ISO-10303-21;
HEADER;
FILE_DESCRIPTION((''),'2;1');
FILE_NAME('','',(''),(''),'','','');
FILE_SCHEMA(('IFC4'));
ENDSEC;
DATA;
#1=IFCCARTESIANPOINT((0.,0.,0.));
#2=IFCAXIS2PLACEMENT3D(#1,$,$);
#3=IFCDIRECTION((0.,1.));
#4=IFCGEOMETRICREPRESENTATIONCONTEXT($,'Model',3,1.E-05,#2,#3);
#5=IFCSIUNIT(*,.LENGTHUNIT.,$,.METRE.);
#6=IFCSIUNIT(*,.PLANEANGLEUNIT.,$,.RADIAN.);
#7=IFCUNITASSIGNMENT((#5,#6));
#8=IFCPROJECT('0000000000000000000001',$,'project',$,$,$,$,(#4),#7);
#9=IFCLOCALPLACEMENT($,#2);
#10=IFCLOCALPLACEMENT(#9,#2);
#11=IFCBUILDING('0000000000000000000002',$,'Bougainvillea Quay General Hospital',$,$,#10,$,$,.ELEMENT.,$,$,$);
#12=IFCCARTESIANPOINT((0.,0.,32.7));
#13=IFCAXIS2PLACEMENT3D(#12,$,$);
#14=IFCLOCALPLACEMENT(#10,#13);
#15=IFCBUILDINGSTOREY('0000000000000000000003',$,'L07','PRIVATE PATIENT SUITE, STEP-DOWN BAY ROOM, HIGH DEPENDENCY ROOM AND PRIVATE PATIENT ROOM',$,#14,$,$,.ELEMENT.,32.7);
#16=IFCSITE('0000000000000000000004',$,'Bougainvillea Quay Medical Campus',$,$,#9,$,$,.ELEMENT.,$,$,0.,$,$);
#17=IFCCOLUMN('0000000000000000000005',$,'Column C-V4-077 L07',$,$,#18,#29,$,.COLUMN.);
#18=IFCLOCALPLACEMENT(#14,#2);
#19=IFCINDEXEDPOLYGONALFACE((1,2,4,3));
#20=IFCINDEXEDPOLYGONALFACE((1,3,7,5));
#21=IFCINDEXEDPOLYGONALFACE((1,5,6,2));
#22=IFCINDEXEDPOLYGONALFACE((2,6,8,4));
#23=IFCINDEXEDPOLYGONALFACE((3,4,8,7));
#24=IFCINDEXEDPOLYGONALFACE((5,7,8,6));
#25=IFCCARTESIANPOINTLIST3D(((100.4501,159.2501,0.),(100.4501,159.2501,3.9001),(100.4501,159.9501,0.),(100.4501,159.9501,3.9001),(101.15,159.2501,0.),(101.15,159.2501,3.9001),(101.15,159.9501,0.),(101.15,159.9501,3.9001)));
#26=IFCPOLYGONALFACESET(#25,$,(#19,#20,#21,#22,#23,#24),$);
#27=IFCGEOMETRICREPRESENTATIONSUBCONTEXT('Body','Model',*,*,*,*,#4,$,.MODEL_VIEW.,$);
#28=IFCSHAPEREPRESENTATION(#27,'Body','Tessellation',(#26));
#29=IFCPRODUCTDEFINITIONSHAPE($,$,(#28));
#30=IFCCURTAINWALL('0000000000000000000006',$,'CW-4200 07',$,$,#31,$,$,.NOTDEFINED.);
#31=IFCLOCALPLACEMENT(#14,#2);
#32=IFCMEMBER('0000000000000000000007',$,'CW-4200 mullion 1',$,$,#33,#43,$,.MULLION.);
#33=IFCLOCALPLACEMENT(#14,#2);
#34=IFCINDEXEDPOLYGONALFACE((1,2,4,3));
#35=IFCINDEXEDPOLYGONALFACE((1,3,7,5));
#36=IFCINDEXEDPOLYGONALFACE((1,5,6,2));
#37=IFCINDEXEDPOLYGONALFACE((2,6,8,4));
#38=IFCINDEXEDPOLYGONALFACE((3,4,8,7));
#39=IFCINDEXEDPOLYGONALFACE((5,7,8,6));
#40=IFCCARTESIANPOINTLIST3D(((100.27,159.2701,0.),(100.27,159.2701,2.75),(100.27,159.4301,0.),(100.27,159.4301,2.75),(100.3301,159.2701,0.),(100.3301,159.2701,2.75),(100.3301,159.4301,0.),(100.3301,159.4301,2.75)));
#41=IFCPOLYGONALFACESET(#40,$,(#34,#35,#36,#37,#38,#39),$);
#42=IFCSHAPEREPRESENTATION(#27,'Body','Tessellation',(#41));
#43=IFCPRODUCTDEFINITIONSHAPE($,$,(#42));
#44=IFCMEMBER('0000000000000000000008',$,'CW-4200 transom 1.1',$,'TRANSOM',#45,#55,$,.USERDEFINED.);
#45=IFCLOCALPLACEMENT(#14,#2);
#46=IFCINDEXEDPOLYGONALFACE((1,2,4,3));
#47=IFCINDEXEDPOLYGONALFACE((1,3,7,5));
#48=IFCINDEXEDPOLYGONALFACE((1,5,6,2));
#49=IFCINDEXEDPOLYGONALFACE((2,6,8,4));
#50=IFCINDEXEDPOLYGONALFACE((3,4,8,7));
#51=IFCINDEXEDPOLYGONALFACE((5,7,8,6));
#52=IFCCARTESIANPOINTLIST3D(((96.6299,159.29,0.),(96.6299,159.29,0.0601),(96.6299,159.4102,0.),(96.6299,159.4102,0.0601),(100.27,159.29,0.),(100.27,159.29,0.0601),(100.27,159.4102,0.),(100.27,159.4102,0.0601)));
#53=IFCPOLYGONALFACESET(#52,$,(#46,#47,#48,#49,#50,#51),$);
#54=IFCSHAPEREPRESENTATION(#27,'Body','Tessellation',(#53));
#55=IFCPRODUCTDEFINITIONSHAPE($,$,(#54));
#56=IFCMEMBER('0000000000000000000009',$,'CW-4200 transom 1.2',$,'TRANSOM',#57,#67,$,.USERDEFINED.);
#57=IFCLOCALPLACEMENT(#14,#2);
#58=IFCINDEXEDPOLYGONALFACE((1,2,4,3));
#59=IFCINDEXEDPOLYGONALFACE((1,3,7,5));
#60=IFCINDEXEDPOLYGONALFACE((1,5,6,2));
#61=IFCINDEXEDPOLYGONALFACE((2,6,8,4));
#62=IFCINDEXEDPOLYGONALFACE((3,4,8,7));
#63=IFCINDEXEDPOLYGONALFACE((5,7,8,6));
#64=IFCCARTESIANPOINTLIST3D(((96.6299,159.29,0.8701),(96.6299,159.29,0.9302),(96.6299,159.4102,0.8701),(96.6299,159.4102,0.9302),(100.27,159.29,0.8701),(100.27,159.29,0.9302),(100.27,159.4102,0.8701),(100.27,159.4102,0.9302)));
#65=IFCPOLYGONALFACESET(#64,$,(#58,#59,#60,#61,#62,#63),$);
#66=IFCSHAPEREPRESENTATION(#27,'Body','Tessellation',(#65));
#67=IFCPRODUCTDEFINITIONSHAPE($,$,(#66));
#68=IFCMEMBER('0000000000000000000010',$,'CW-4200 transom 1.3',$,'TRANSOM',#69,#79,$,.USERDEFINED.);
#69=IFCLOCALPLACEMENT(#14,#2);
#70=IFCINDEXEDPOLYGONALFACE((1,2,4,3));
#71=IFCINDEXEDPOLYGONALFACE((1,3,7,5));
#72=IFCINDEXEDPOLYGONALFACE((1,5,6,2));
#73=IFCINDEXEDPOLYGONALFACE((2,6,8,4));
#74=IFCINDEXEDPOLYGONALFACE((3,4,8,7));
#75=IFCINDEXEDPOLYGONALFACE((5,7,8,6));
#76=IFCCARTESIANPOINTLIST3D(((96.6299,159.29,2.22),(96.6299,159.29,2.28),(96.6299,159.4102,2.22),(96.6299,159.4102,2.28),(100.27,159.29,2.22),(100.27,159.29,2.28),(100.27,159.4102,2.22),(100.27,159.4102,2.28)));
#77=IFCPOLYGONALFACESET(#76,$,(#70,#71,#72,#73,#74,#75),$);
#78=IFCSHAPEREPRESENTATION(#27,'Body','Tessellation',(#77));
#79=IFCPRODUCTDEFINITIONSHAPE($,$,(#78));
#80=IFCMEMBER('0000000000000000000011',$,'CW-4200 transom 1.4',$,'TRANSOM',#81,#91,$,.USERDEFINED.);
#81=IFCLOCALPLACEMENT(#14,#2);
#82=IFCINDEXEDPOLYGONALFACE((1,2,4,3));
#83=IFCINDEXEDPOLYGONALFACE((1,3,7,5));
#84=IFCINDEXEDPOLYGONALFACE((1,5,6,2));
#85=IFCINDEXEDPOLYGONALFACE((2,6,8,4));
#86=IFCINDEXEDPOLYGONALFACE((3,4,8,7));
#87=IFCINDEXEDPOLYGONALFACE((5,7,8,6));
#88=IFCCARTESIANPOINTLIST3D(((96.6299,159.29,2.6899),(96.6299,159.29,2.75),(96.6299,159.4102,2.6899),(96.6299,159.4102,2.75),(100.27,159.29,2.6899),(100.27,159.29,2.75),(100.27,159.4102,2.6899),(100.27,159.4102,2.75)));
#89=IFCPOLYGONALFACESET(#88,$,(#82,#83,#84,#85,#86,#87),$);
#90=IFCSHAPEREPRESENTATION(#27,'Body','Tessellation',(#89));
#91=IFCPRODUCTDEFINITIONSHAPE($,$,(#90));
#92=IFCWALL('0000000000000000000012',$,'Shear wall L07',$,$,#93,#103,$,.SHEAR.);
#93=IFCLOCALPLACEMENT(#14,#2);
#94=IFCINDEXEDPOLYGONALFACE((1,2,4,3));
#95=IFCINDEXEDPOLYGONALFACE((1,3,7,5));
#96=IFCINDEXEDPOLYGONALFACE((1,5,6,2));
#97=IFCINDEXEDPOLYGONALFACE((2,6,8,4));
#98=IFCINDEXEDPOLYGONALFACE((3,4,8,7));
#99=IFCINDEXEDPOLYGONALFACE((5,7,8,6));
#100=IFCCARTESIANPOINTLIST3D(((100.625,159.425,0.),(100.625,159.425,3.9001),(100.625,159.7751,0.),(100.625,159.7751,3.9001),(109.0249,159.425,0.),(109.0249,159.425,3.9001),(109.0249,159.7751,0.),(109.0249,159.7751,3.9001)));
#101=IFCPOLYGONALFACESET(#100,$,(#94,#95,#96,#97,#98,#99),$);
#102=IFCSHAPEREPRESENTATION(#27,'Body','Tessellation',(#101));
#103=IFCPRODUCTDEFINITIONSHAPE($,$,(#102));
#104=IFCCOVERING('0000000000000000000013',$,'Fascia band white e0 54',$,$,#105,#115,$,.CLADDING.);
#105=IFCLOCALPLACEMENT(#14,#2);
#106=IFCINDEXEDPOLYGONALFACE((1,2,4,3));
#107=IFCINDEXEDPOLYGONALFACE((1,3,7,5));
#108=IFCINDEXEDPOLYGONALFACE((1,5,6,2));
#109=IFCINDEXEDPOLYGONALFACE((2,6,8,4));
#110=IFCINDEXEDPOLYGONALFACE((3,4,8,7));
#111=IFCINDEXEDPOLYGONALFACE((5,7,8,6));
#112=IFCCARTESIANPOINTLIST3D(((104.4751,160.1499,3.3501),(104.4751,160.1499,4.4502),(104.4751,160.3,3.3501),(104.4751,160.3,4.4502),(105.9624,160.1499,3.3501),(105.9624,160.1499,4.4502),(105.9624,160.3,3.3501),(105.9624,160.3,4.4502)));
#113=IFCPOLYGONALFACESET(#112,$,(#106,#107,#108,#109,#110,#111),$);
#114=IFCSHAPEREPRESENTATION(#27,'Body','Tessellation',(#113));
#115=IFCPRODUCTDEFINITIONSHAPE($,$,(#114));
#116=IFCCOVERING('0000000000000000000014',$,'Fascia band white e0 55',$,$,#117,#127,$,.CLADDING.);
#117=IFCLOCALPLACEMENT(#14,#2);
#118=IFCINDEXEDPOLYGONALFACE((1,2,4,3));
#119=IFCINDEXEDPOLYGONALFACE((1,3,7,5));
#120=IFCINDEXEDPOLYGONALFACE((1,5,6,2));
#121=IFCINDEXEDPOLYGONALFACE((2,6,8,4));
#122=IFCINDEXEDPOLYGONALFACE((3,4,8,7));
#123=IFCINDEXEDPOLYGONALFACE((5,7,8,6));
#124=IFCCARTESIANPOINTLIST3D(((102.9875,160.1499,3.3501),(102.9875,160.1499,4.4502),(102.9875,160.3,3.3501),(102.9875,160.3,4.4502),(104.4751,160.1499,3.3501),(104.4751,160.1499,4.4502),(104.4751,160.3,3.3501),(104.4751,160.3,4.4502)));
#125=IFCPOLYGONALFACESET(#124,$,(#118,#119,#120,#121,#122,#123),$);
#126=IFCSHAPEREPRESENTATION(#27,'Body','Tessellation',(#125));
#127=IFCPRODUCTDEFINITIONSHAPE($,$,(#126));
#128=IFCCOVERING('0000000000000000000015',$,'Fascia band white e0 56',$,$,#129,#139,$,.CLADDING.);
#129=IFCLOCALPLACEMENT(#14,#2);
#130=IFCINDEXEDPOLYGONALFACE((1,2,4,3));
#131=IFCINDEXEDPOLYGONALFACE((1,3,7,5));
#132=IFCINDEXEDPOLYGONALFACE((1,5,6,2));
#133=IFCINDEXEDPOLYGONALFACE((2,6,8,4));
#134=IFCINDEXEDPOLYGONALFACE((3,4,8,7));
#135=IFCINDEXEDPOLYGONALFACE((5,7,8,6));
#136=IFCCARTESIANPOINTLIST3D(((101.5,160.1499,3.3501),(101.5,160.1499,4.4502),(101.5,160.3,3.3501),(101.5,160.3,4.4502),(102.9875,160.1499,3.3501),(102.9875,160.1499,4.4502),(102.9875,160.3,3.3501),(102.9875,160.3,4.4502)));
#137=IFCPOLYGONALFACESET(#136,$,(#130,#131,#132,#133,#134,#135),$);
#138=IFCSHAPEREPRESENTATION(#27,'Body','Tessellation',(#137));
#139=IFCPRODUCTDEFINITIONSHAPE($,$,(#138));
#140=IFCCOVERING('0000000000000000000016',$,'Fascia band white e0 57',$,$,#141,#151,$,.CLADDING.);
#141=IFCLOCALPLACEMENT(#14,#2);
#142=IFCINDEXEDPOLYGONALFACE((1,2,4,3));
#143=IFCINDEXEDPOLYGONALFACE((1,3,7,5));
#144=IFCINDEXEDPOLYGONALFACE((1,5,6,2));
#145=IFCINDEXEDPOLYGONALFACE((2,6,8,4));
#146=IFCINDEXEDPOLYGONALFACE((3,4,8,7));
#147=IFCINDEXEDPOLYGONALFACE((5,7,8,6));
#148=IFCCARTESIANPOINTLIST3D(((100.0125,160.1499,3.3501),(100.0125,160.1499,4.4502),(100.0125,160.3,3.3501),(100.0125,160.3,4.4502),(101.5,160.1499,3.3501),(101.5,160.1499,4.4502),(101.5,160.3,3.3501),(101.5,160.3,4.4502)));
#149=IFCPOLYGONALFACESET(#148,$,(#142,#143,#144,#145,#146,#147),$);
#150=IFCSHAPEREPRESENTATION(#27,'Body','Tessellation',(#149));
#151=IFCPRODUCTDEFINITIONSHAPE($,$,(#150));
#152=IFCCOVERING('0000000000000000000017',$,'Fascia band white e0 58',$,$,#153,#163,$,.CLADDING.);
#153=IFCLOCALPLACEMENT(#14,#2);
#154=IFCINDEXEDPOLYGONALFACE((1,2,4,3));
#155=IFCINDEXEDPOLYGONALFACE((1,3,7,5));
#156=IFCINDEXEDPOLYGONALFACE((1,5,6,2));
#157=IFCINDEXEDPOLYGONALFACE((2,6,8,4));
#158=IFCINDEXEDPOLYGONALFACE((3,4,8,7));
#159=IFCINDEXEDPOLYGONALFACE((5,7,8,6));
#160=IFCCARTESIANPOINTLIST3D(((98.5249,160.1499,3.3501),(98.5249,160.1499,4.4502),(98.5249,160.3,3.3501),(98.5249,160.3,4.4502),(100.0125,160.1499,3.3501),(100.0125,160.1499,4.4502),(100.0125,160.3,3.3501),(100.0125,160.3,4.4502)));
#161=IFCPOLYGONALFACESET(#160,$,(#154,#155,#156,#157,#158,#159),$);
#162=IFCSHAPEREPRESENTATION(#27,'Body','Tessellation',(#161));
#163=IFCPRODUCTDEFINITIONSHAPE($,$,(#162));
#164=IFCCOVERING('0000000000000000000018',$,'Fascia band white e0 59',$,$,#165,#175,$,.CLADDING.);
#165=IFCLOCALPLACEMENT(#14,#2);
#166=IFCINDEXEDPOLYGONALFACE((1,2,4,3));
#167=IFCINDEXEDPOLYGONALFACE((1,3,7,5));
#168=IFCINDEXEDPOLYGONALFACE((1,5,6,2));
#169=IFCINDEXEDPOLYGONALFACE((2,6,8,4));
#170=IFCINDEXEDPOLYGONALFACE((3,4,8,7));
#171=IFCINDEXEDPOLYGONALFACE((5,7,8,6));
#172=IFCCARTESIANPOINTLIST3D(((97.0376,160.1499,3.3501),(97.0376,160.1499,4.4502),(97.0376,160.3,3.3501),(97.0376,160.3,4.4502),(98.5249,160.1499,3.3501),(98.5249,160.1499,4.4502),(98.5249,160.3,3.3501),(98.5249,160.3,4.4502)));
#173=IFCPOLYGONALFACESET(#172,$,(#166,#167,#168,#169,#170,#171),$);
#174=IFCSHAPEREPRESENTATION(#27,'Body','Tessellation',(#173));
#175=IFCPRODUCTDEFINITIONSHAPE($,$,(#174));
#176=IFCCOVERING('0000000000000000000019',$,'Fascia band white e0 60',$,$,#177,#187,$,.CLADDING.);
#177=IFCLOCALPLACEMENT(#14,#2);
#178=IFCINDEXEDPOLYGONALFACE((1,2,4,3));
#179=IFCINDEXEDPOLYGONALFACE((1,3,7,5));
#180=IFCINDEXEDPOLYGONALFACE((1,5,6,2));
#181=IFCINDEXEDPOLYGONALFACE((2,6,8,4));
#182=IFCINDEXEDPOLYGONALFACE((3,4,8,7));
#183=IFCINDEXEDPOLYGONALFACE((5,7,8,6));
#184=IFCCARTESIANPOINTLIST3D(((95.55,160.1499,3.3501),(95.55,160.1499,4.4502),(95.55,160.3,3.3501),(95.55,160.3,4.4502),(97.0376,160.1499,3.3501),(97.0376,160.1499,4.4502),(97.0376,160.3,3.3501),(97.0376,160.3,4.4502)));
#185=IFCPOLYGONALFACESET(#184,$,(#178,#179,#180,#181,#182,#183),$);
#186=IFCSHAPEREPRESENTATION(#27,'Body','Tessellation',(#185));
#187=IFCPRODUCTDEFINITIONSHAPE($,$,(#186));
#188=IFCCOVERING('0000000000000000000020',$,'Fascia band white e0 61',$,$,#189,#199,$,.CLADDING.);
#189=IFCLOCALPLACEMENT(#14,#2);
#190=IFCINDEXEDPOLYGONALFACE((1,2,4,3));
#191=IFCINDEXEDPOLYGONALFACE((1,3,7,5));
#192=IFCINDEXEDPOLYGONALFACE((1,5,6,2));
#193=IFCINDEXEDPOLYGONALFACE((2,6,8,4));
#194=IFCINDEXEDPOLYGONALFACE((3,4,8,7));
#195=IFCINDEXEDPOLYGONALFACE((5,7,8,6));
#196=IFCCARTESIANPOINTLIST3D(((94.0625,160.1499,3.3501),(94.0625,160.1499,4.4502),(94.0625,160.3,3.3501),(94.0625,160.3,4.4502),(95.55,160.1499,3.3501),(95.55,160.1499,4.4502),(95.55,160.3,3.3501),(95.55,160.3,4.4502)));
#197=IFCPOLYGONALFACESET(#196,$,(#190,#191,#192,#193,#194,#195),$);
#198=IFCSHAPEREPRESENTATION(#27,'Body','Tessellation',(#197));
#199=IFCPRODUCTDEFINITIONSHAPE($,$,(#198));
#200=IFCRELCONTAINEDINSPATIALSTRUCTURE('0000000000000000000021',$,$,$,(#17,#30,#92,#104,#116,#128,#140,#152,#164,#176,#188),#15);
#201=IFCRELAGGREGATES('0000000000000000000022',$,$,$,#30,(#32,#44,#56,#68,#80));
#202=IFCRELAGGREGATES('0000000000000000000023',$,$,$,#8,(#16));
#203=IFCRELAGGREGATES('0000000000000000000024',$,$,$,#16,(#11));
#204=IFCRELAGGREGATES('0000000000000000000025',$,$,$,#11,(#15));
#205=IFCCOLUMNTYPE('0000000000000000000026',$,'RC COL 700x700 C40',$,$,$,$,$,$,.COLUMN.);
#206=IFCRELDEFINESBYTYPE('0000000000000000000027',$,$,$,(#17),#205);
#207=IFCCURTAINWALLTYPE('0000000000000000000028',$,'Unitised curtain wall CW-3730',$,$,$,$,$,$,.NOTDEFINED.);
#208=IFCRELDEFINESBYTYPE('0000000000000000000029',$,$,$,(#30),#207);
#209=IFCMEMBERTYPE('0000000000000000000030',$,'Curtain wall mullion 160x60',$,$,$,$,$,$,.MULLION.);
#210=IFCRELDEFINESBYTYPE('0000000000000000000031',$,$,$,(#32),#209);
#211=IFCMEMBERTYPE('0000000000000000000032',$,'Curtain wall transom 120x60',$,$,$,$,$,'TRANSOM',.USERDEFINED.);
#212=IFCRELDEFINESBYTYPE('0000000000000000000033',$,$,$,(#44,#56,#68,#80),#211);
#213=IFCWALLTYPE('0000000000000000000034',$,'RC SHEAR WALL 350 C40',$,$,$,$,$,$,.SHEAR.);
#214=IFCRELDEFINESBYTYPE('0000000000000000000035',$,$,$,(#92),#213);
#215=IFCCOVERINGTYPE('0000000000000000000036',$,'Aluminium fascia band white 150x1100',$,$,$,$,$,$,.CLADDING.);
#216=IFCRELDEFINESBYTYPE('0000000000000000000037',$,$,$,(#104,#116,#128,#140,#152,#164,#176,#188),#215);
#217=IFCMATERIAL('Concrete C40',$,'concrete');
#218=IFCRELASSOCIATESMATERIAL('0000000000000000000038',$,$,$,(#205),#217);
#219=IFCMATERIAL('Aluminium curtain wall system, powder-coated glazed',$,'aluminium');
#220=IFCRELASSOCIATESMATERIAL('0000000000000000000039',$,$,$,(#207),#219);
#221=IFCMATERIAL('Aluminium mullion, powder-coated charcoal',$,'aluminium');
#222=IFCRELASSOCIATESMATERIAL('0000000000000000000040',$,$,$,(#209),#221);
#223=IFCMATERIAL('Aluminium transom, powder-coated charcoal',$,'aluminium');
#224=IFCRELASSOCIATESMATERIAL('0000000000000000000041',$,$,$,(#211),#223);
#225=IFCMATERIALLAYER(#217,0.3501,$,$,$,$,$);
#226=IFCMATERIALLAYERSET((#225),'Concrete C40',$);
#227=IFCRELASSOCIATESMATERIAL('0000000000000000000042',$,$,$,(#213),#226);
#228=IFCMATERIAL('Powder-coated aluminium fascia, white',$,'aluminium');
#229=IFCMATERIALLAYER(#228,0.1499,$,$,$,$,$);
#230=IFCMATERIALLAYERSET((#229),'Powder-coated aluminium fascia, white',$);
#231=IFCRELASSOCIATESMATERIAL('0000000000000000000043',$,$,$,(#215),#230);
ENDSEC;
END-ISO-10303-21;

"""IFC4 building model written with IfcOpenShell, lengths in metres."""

from ifc_helpers import new_model, si_unit, direction, frame, frame_2d, origin, origin_2d, place, context, subcontext, project, spatial, polyline, rectangle, outline, extrude, material, layer, layer_set, material_profile, profile_set, type_object, element, aggregate, save


model = new_model("IFC4")

# Units and contexts
model_context = context("Model", 3, precision=1e-05, world=origin(), true_north=direction((0.0, 1.0)))
body_context = subcontext(model_context, "Body", "Model", "MODEL_VIEW")
ifc_project = project(units=[si_unit("LENGTHUNIT", "METRE"), si_unit("PLANEANGLEUNIT", "RADIAN")], contexts=[model_context])

# Site, building, storey
site_placement = place(None, origin())
site = spatial("IfcSite", under=ifc_project, at=site_placement, Name="Bougainvillea Quay Medical Campus", CompositionType="ELEMENT", RefElevation=0.0)
building_placement = place(site_placement, origin())
building = spatial("IfcBuilding", under=site, at=building_placement, Name="Bougainvillea Quay General Hospital", CompositionType="ELEMENT")
storey_placement = place(building_placement, frame((0.0, 0.0, 32.7)))
storey = spatial("IfcBuildingStorey", under=building, at=storey_placement, Name="L07", Description="PRIVATE PATIENT SUITE, STEP-DOWN BAY ROOM, HIGH DEPENDENCY ROOM AND PRIVATE PATIENT ROOM", CompositionType="ELEMENT", Elevation=32.7)

# Column
ifc_material_1 = material(Name="Concrete C40", Category="concrete")
ifc_material_profile_1 = material_profile(ifc_material_1, rectangle(XDim=0.7, YDim=0.7, at=origin_2d()))
ifc_profile_set_1 = profile_set([ifc_material_profile_1], Name="Concrete C40")
column_type = type_object("IfcColumnType", Name="RC COL 700x700 C40", PredefinedType="COLUMN", material=ifc_profile_set_1)
column_placement = place(storey_placement, frame((100.8, 159.6001, 0.0), z_axis=(0.0, 0.0, 1.0), x_axis=(1.0, 0.0, 0.0)))
element("IfcColumn", 1, at=column_placement, inside=storey, type_object=column_type, Name="Column C-V4-077 L07", PredefinedType="COLUMN", context=body_context, shape_type="SweptSolid", body=[
    extrude(rectangle(XDim=0.7, YDim=0.7, at=origin_2d()), origin(), (0.0, 0.0, 1.0), 3.9001),
])

# Curtain wall, members
ifc_material_2 = material(Name="Aluminium curtain wall system, powder-coated glazed", Category="aluminium")
curtain_wall_type = type_object("IfcCurtainWallType", Name="Unitised curtain wall CW-3730", PredefinedType="NOTDEFINED", material=ifc_material_2)
curtain_wall_placement = place(storey_placement, origin())
curtain_wall = element("IfcCurtainWall", 2, at=curtain_wall_placement, inside=storey, type_object=curtain_wall_type, Name="CW-4200 07", PredefinedType="NOTDEFINED")
ifc_material_3 = material(Name="Aluminium mullion, powder-coated charcoal", Category="aluminium")
ifc_material_profile_2 = material_profile(ifc_material_3, rectangle(XDim=0.1599, YDim=0.0601, at=origin_2d()))
ifc_profile_set_2 = profile_set([ifc_material_profile_2], Name="Aluminium mullion, powder-coated charcoal")
member_type_1 = type_object("IfcMemberType", Name="Curtain wall mullion 160x60", PredefinedType="MULLION", material=ifc_profile_set_2)
member_1_placement = place(storey_placement, frame((100.3, 159.3501, 0.0), z_axis=(0.0, 0.0, 1.0), x_axis=(0.0, -1.0, 0.0)))
member_1 = element("IfcMember", 3, at=member_1_placement, type_object=member_type_1, Name="CW-4200 mullion 1", PredefinedType="MULLION", context=body_context, shape_type="SweptSolid", body=[
    extrude(rectangle(XDim=0.1599, YDim=0.0601, at=origin_2d()), origin(), (0.0, 0.0, 1.0), 2.75),
])
ifc_material_4 = material(Name="Aluminium transom, powder-coated charcoal", Category="aluminium")
ifc_material_profile_3 = material_profile(ifc_material_4, rectangle(XDim=0.1201, YDim=0.0601, at=origin_2d()))
ifc_profile_set_3 = profile_set([ifc_material_profile_3], Name="Aluminium transom, powder-coated charcoal")
member_type_2 = type_object("IfcMemberType", Name="Curtain wall transom 120x60", ElementType="TRANSOM", PredefinedType="USERDEFINED", material=ifc_profile_set_3)
member_2_placement = place(storey_placement, frame((100.27, 159.3501, 0.03), z_axis=(-1.0, 0.0, 0.0), x_axis=(0.0, -1.0, 0.0)))
member_2 = element("IfcMember", 4, at=member_2_placement, type_object=member_type_2, Name="CW-4200 transom 1.1", ObjectType="TRANSOM", PredefinedType="USERDEFINED", context=body_context, shape_type="SweptSolid", body=[
    extrude(rectangle(XDim=0.1201, YDim=0.0601, at=origin_2d()), origin(), (0.0, 0.0, 1.0), 3.6401),
])
member_3_placement = place(storey_placement, frame((100.27, 159.3501, 0.9001), z_axis=(-1.0, 0.0, 0.0), x_axis=(0.0, -1.0, 0.0)))
member_3 = element("IfcMember", 5, at=member_3_placement, type_object=member_type_2, Name="CW-4200 transom 1.2", ObjectType="TRANSOM", PredefinedType="USERDEFINED", context=body_context, shape_type="SweptSolid", body=[
    extrude(rectangle(XDim=0.1201, YDim=0.0601, at=origin_2d()), origin(), (0.0, 0.0, 1.0), 3.6401),
])
member_4_placement = place(storey_placement, frame((100.27, 159.3501, 2.25), z_axis=(-1.0, 0.0, 0.0), x_axis=(0.0, -1.0, 0.0)))
member_4 = element("IfcMember", 6, at=member_4_placement, type_object=member_type_2, Name="CW-4200 transom 1.3", ObjectType="TRANSOM", PredefinedType="USERDEFINED", context=body_context, shape_type="SweptSolid", body=[
    extrude(rectangle(XDim=0.1201, YDim=0.0601, at=origin_2d()), origin(), (0.0, 0.0, 1.0), 3.6401),
])
member_5_placement = place(storey_placement, frame((100.27, 159.3501, 2.72), z_axis=(-1.0, 0.0, 0.0), x_axis=(0.0, -1.0, 0.0)))
member_5 = element("IfcMember", 7, at=member_5_placement, type_object=member_type_2, Name="CW-4200 transom 1.4", ObjectType="TRANSOM", PredefinedType="USERDEFINED", context=body_context, shape_type="SweptSolid", body=[
    extrude(rectangle(XDim=0.1201, YDim=0.0601, at=origin_2d()), origin(), (0.0, 0.0, 1.0), 3.6401),
])
aggregate(curtain_wall, [member_1, member_2, member_3, member_4, member_5])

# Wall
ifc_layer_1 = layer(ifc_material_1, 0.3501)
ifc_layer_set_1 = layer_set([ifc_layer_1], Name="Concrete C40")
wall_type = type_object("IfcWallType", Name="RC SHEAR WALL 350 C40", PredefinedType="SHEAR", material=ifc_layer_set_1)
wall_placement = place(storey_placement, frame((100.625, 159.6001, 0.0), z_axis=(0.0, 0.0, 1.0), x_axis=(1.0, 0.0, 0.0)))
element("IfcWall", 8, at=wall_placement, inside=storey, type_object=wall_type, Name="Shear wall L07", PredefinedType="SHEAR", context=body_context, shape_type="SweptSolid", body=[
    extrude(rectangle(XDim=8.3999, YDim=0.3501, at=frame_2d((4.2, 0.0))), origin(), (0.0, 0.0, 1.0), 3.9001),
])

# Coverings
ifc_material_5 = material(Name="Powder-coated aluminium fascia, white", Category="aluminium")
ifc_layer_2 = layer(ifc_material_5, 0.1499)
ifc_layer_set_2 = layer_set([ifc_layer_2], Name="Powder-coated aluminium fascia, white")
covering_type = type_object("IfcCoveringType", Name="Aluminium fascia band white 150x1100", PredefinedType="CLADDING", material=ifc_layer_set_2)
covering_1_placement = place(storey_placement, frame((105.9624, 160.1499, 3.3501), z_axis=(0.0, 0.0, 1.0), x_axis=(-1.0, 0.0, 0.0)))
element("IfcCovering", 9, at=covering_1_placement, inside=storey, type_object=covering_type, Name="Fascia band white e0 54", PredefinedType="CLADDING", context=body_context, shape_type="SweptSolid", body=[
    extrude(outline(polyline([(0.0, 0.0), (1.4873, 0.0), (1.4873, -0.1501), (0.0, -0.1501), (0.0, 0.0)])), origin(), (0.0, 0.0, 1.0), 1.1001),
])
for number, where, z_axis, x_axis, name in (
    (10, (104.4751, 160.1499, 3.3501), (0.0, 0.0, 1.0), (-1.0, 0.0, 0.0), "Fascia band white e0 55"),
    (11, (102.9875, 160.1499, 3.3501), (0.0, 0.0, 1.0), (-1.0, 0.0, 0.0), "Fascia band white e0 56"),
    (12, (101.5, 160.1499, 3.3501), (0.0, 0.0, 1.0), (-1.0, 0.0, 0.0), "Fascia band white e0 57"),
    (13, (100.0125, 160.1499, 3.3501), (0.0, 0.0, 1.0), (-1.0, 0.0, 0.0), "Fascia band white e0 58"),
):
    element("IfcCovering", number, at=place(storey_placement, frame(where, z_axis=z_axis, x_axis=x_axis)), inside=storey, type_object=covering_type, Name=name, PredefinedType="CLADDING", context=body_context, shape_type="SweptSolid", body=[
        extrude(outline(polyline([(0.0, 0.0), (1.4875, 0.0), (1.4875, -0.1501), (0.0, -0.1501), (0.0, 0.0)])), origin(), (0.0, 0.0, 1.0), 1.1001),
    ])
covering_2_placement = place(storey_placement, frame((98.5249, 160.1499, 3.3501), z_axis=(0.0, 0.0, 1.0), x_axis=(-1.0, 0.0, 0.0)))
element("IfcCovering", 14, at=covering_2_placement, inside=storey, type_object=covering_type, Name="Fascia band white e0 59", PredefinedType="CLADDING", context=body_context, shape_type="SweptSolid", body=[
    extrude(outline(polyline([(0.0, 0.0), (1.4873, 0.0), (1.4873, -0.1501), (0.0, -0.1501), (0.0, 0.0)])), origin(), (0.0, 0.0, 1.0), 1.1001),
])
for number, where, z_axis, x_axis, name in (
    (15, (97.0376, 160.1499, 3.3501), (0.0, 0.0, 1.0), (-1.0, 0.0, 0.0), "Fascia band white e0 60"),
    (16, (95.55, 160.1499, 3.3501), (0.0, 0.0, 1.0), (-1.0, 0.0, 0.0), "Fascia band white e0 61"),
):
    element("IfcCovering", number, at=place(storey_placement, frame(where, z_axis=z_axis, x_axis=x_axis)), inside=storey, type_object=covering_type, Name=name, PredefinedType="CLADDING", context=body_context, shape_type="SweptSolid", body=[
        extrude(outline(polyline([(0.0, 0.0), (1.4875, 0.0), (1.4875, -0.1501), (0.0, -0.1501), (0.0, 0.0)])), origin(), (0.0, 0.0, 1.0), 1.1001),
    ])

save(model, "model.ifc")
